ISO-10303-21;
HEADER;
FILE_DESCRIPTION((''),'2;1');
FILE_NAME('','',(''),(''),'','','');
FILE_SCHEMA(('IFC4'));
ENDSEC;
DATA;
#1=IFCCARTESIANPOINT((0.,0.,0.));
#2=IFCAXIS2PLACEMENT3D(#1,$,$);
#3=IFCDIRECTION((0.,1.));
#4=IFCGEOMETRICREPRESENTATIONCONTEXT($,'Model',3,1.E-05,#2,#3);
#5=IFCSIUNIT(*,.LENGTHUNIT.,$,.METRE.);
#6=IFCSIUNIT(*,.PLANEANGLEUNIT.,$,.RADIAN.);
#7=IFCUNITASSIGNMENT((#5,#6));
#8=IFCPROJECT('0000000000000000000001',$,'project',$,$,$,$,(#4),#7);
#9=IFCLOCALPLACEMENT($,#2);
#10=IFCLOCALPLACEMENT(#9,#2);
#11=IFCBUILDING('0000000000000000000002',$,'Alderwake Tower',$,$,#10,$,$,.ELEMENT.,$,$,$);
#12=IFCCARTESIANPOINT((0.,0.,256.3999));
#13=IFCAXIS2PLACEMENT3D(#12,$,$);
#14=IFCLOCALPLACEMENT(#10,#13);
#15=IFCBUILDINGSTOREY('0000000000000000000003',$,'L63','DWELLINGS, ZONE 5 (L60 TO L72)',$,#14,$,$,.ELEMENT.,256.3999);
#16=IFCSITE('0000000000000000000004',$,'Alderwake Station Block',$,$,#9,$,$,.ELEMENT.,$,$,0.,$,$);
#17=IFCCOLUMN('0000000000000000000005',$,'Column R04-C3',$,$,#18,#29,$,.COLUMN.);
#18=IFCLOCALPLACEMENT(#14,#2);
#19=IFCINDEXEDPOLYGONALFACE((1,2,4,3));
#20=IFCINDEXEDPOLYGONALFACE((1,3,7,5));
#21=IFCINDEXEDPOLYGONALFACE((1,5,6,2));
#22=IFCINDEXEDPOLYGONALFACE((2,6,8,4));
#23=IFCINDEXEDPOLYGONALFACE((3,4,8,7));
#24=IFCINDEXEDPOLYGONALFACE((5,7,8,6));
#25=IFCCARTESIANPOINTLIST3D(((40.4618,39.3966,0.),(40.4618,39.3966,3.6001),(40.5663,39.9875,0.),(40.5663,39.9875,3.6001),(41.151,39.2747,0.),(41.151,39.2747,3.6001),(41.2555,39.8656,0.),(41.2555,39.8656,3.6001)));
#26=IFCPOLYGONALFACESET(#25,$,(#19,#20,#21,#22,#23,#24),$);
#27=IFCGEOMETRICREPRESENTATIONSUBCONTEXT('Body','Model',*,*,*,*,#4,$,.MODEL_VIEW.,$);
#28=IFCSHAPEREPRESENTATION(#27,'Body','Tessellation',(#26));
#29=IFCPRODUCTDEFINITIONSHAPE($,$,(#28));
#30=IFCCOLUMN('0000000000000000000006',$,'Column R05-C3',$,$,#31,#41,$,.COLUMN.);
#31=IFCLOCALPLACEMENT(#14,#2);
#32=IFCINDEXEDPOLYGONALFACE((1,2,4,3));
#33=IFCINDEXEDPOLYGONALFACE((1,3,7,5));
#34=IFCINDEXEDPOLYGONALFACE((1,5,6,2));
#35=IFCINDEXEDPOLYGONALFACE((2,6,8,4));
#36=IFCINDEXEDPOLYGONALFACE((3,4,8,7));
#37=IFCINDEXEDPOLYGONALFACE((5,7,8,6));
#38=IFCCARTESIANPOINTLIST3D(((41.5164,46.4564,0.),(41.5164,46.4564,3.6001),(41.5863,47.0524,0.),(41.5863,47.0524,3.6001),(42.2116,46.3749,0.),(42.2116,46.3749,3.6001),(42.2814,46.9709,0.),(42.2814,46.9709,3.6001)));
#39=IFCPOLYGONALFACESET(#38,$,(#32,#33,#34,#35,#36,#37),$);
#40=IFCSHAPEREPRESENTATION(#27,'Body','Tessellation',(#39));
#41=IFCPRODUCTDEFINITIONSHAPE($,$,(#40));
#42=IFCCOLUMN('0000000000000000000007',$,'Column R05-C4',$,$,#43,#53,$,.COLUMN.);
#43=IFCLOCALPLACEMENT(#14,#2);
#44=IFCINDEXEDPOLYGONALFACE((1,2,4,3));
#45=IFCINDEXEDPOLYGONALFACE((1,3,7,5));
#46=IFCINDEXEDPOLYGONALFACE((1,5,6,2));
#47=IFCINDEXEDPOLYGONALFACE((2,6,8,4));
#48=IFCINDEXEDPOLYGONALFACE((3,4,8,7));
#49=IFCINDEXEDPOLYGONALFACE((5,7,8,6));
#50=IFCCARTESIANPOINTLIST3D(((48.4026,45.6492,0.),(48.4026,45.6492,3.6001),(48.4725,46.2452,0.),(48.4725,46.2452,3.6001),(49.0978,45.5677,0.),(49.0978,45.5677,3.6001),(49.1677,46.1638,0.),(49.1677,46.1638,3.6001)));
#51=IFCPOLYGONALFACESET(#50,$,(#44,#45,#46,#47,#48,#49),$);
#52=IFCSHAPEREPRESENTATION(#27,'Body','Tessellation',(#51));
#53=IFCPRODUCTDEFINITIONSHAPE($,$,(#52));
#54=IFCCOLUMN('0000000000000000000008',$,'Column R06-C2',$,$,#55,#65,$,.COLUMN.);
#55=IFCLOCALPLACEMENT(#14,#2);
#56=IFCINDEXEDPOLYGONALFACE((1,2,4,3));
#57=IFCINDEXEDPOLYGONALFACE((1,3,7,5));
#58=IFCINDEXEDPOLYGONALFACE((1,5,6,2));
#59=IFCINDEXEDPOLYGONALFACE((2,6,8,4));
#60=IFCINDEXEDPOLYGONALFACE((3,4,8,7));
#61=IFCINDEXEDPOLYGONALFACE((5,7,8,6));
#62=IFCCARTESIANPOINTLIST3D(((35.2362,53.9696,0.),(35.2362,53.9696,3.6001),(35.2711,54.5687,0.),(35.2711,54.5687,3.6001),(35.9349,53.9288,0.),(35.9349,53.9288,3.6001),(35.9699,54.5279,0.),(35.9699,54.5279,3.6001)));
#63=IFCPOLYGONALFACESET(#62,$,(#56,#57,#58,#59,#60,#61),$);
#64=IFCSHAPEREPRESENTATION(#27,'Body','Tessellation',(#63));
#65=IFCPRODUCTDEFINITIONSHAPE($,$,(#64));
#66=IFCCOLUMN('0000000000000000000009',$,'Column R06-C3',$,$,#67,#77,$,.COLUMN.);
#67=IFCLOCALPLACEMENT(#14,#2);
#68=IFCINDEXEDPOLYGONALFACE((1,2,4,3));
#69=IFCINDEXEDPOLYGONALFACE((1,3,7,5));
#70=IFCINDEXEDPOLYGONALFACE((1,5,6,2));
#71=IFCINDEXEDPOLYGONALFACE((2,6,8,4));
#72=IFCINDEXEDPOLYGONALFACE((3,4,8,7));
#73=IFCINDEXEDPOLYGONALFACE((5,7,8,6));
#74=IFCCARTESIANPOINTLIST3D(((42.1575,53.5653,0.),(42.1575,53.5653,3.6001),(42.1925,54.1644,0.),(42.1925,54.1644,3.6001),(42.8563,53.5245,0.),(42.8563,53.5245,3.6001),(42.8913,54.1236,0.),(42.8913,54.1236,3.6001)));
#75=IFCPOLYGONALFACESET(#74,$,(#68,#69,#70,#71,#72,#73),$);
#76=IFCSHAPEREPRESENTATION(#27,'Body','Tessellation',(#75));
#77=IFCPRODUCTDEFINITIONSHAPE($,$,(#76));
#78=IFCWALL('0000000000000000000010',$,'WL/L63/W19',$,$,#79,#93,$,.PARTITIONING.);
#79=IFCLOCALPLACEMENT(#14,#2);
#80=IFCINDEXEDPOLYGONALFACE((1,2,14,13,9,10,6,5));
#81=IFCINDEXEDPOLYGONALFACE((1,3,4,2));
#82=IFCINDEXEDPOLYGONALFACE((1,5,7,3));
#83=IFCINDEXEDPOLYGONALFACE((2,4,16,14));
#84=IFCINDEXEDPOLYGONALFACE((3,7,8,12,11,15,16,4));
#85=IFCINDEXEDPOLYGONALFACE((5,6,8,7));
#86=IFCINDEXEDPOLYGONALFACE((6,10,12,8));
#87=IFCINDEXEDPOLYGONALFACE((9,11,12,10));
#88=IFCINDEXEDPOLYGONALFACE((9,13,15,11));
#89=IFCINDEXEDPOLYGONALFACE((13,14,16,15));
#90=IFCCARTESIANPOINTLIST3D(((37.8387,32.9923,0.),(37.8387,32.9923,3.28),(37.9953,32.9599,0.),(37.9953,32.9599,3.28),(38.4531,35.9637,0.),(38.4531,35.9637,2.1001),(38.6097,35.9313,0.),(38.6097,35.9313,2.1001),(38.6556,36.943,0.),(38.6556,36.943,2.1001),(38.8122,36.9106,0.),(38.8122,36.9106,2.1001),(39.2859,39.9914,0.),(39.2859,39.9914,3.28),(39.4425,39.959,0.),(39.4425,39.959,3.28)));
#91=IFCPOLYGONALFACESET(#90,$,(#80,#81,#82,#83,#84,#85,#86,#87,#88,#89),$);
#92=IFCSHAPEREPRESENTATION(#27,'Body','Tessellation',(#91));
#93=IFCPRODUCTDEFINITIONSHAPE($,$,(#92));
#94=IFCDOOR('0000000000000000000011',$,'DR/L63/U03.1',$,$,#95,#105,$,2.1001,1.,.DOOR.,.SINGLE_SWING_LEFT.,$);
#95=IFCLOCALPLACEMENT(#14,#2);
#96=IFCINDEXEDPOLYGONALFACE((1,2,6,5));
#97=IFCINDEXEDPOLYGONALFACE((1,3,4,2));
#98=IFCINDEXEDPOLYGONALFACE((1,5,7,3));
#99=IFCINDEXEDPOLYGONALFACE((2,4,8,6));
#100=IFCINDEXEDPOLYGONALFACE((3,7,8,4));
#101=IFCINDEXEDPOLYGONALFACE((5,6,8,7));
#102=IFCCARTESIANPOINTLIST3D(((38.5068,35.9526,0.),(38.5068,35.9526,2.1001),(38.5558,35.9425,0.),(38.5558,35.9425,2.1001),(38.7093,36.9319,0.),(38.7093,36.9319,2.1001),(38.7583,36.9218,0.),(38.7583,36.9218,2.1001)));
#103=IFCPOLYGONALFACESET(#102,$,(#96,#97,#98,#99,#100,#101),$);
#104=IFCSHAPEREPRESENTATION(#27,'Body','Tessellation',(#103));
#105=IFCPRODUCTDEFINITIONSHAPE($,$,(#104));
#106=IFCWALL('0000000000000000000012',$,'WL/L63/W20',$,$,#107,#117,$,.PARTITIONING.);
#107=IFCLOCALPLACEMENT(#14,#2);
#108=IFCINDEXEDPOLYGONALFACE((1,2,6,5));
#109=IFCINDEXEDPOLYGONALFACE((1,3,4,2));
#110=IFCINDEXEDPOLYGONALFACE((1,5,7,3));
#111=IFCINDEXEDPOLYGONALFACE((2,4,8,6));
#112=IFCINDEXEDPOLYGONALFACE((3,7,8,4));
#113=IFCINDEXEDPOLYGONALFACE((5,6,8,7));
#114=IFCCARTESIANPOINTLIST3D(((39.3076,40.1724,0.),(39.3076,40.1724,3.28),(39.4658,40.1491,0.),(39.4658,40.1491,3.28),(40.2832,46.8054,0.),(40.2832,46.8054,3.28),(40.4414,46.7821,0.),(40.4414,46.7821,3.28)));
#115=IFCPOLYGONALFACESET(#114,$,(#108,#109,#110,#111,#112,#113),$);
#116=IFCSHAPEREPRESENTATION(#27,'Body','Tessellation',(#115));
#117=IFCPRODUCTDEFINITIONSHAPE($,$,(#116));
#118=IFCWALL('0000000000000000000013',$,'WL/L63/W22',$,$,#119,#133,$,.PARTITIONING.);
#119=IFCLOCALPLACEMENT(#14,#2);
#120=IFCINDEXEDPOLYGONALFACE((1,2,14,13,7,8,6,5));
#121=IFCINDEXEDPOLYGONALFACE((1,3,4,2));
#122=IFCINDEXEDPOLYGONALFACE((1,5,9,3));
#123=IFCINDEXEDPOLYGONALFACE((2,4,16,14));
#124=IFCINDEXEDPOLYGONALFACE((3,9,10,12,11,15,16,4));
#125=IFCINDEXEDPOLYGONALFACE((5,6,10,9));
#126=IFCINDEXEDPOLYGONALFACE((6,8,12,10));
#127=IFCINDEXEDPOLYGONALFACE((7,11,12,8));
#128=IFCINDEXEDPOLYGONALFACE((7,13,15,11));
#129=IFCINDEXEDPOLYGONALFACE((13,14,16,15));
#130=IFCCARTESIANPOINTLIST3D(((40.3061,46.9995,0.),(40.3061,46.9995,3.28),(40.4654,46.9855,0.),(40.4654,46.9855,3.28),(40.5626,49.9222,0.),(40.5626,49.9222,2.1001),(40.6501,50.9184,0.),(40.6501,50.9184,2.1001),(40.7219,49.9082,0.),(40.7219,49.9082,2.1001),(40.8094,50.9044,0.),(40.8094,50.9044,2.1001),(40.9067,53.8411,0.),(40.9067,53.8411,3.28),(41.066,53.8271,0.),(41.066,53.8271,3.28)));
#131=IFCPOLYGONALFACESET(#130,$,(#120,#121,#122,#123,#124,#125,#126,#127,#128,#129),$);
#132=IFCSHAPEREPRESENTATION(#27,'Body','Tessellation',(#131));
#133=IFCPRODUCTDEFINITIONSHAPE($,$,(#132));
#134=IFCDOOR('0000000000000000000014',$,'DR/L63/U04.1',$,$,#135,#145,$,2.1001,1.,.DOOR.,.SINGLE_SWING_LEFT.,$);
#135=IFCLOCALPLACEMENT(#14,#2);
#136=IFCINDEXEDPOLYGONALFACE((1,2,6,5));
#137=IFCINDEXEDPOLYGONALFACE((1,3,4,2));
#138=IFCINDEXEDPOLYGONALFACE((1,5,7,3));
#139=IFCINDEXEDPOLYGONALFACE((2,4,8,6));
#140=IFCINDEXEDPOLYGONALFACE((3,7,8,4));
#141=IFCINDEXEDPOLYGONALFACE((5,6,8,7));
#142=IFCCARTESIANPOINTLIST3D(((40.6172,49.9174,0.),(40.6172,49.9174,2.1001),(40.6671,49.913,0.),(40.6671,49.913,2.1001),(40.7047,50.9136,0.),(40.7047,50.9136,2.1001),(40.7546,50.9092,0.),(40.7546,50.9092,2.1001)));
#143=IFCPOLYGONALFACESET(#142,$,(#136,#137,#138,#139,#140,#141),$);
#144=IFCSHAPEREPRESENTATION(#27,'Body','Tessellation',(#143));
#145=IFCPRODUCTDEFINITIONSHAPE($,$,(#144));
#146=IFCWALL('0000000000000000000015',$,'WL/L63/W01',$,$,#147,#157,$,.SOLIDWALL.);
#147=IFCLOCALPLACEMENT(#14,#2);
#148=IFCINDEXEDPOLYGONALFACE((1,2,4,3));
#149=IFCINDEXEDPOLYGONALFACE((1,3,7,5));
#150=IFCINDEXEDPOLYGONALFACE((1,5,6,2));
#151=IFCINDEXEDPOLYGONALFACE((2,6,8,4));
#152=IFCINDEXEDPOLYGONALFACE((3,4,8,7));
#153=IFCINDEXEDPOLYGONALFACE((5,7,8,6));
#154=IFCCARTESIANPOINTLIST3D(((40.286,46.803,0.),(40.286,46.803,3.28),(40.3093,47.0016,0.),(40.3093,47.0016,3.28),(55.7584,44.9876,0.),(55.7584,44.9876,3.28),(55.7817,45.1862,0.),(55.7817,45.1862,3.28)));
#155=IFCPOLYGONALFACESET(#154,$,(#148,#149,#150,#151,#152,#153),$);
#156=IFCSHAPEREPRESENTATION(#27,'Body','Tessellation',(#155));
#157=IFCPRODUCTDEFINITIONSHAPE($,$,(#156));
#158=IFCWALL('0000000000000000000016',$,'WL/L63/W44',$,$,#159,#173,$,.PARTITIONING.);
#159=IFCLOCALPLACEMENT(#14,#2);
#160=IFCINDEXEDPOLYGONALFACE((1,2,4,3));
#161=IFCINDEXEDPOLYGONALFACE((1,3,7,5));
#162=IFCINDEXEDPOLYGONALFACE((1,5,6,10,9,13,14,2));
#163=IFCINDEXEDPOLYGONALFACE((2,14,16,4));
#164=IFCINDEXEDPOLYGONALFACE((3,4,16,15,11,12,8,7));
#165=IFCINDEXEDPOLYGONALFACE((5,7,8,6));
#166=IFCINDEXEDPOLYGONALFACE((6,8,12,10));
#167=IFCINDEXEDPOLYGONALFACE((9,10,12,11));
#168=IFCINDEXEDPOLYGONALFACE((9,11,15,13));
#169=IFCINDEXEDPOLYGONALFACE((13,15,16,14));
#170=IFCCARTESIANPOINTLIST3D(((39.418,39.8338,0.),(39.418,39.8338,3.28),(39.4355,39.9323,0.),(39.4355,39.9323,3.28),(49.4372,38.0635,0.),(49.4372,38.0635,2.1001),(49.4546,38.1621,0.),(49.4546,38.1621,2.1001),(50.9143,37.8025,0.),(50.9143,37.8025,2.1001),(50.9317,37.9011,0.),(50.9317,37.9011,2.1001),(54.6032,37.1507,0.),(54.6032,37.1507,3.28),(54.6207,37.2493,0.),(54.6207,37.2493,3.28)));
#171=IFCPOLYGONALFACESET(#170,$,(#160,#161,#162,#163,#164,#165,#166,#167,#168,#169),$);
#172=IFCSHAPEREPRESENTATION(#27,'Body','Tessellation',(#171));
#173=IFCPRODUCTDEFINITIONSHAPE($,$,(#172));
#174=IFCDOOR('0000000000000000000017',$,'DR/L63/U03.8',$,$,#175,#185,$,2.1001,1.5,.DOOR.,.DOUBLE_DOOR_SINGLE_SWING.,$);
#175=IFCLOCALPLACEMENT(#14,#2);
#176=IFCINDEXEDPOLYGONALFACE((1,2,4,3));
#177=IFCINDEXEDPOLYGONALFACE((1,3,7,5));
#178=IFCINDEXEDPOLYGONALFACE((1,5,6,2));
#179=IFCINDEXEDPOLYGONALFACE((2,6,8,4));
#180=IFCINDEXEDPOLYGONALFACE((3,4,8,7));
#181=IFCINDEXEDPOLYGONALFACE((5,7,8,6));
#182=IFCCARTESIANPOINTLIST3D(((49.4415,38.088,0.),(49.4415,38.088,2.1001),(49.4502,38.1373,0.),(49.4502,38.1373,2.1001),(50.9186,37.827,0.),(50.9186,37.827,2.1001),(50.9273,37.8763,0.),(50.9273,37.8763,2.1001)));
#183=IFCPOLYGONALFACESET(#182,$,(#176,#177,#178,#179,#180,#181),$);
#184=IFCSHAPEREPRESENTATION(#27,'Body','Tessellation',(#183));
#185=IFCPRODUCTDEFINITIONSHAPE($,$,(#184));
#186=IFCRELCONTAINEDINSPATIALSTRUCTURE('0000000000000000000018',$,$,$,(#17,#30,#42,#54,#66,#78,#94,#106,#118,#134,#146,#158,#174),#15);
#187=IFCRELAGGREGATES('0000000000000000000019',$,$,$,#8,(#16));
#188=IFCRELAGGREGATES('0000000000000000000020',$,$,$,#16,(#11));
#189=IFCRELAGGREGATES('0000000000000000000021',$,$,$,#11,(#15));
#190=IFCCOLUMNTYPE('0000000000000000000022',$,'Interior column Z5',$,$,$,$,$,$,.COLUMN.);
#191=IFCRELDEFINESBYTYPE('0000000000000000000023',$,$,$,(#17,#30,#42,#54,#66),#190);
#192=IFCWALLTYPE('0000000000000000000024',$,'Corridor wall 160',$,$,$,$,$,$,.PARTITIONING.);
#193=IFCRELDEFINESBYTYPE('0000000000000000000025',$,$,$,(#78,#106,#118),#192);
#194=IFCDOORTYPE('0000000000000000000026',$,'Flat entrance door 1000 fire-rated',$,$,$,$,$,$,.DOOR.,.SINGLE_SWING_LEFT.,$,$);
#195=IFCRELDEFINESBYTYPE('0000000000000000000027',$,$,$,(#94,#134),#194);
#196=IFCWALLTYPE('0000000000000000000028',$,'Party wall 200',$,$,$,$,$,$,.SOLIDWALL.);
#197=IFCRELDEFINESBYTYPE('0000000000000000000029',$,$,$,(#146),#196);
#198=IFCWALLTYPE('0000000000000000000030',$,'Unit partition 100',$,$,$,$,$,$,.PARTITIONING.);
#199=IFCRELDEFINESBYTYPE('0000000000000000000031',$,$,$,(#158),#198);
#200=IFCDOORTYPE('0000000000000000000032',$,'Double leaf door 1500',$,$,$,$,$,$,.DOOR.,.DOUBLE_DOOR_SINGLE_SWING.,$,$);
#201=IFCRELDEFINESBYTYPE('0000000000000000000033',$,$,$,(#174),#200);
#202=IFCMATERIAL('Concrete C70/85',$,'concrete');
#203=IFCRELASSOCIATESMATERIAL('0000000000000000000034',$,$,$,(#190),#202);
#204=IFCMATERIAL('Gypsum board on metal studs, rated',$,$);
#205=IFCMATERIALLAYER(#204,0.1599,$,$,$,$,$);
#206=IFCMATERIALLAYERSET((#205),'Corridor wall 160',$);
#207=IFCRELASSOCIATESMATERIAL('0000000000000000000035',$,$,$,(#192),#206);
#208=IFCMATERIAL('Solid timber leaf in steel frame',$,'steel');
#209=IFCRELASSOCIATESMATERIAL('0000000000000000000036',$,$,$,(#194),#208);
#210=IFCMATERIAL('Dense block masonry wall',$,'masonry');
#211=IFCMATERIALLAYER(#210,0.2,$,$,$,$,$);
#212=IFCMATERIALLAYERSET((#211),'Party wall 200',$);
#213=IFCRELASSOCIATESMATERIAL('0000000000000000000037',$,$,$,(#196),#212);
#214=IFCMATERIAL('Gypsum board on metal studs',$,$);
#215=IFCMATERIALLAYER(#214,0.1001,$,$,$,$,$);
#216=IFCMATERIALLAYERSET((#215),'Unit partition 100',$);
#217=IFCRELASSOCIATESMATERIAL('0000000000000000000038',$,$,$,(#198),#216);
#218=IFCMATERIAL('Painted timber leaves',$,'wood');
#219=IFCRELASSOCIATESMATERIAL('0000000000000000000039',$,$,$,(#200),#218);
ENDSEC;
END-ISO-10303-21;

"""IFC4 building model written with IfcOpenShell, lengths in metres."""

from ifc_helpers import new_model, si_unit, direction, frame, frame_2d, origin, origin_2d, place, context, subcontext, project, spatial, rectangle, extrude, material, layer, layer_set, material_profile, profile_set, type_object, element, fill, save


model = new_model("IFC4")

# Units and contexts
model_context = context("Model", 3, precision=1e-05, world=origin(), true_north=direction((0.0, 1.0)))
body_context = subcontext(model_context, "Body", "Model", "MODEL_VIEW")
ifc_project = project(units=[si_unit("LENGTHUNIT", "METRE"), si_unit("PLANEANGLEUNIT", "RADIAN")], contexts=[model_context])

# Site, building, storey
site_placement = place(None, origin())
site = spatial("IfcSite", under=ifc_project, at=site_placement, Name="Alderwake Station Block", CompositionType="ELEMENT", RefElevation=0.0)
building_placement = place(site_placement, origin())
building = spatial("IfcBuilding", under=site, at=building_placement, Name="Alderwake Tower", CompositionType="ELEMENT")
storey_placement = place(building_placement, frame((0.0, 0.0, 256.3999)))
storey = spatial("IfcBuildingStorey", under=building, at=storey_placement, Name="L63", Description="DWELLINGS, ZONE 5 (L60 TO L72)", CompositionType="ELEMENT", Elevation=256.3999)

# Columns
ifc_material_1 = material(Name="Concrete C70/85", Category="concrete")
ifc_material_profile = material_profile(ifc_material_1, rectangle(XDim=0.6001, YDim=0.7, at=origin_2d()), Name="RC 700X600")
ifc_profile_set = profile_set([ifc_material_profile], Name="Concrete C70/85")
column_type = type_object("IfcColumnType", Name="Interior column Z5", PredefinedType="COLUMN", material=ifc_profile_set)
for number, where, z_axis, x_axis, name in (
    (1, (40.8586, 39.6311, 0.0), (0.0, 0.0, 1.0), (0.174109, 0.984726, 0.0), "Column R04-C3"),
    (2, (41.8989, 46.7136, 0.0), (0.0, 0.0, 1.0), (0.116402, 0.993202, 0.0), "Column R05-C3"),
    (3, (48.7852, 45.9065, 0.0), (0.0, 0.0, 1.0), (0.116402, 0.993202, 0.0), "Column R05-C4"),
    (4, (35.603, 54.2488, 0.0), (0.0, 0.0, 1.0), (0.058301, 0.998299, 0.0), "Column R06-C2"),
    (5, (42.5244, 53.8445, 0.0), (0.0, 0.0, 1.0), (0.058301, 0.998299, 0.0), "Column R06-C3"),
):
    element("IfcColumn", number, at=place(storey_placement, frame(where, z_axis=z_axis, x_axis=x_axis)), inside=storey, type_object=column_type, Name=name, PredefinedType="COLUMN", context=body_context, shape_type="SweptSolid", body=[
        extrude(rectangle(XDim=0.6001, YDim=0.7, at=origin_2d()), origin(), (0.0, 0.0, 1.0), 3.6001),
    ])

# Wall, opening, door
ifc_material_2 = material(Name="Gypsum board on metal studs, rated")
ifc_layer_1 = layer(ifc_material_2, 0.1599)
ifc_layer_set_1 = layer_set([ifc_layer_1], Name="Corridor wall 160")
wall_type_1 = type_object("IfcWallType", Name="Corridor wall 160", PredefinedType="PARTITIONING", material=ifc_layer_set_1)
wall_1_placement = place(storey_placement, frame((39.3643, 39.9753, 0.0), z_axis=(0.0, 0.0, 1.0), x_axis=(-0.20249, -0.979284, 0.0)))
wall_1 = element("IfcWall", 6, at=wall_1_placement, inside=storey, type_object=wall_type_1, Name="WL/L63/W19", PredefinedType="PARTITIONING", context=body_context, shape_type="SweptSolid", body=[
    extrude(rectangle(XDim=7.1472, YDim=0.1599, at=frame_2d((3.5737, 0.0))), origin(), (0.0, 0.0, 1.0), 3.28),
])
opening_1_placement = place(wall_1_placement, frame((3.113, 0.0, 0.0)))
opening_1 = element("IfcOpeningElement", 7, at=opening_1_placement, cuts=wall_1, PredefinedType="OPENING", context=body_context, shape_type="SweptSolid", body=[
    extrude(rectangle(XDim=1.0, YDim=2.1001, at=frame_2d((0.5, 1.05))), frame((0.0, 0.0898, 0.0), z_axis=(0.0, -1.0, 0.0), x_axis=(1.0, 0.0, 0.0)), (0.0, 0.0, 1.0), 0.1799),
])
ifc_material_3 = material(Name="Solid timber leaf in steel frame", Category="steel")
door_type_1 = type_object("IfcDoorType", Name="Flat entrance door 1000 fire-rated", OperationType="SINGLE_SWING_LEFT", PredefinedType="DOOR", material=ifc_material_3)
door_1_placement = place(opening_1_placement, origin())
door_1 = element("IfcDoor", 8, at=door_1_placement, inside=storey, type_object=door_type_1, Name="DR/L63/U03.1", OperationType="SINGLE_SWING_LEFT", OverallHeight=2.1001, OverallWidth=1.0, PredefinedType="DOOR", context=body_context, shape_type="SweptSolid", body=[
    extrude(rectangle(XDim=1.0, YDim=2.1001, at=frame_2d((0.5, 1.05))), frame((0.0, 0.0249, 0.0), z_axis=(0.0, -1.0, 0.0), x_axis=(1.0, 0.0, 0.0)), (0.0, 0.0, 1.0), 0.05),
])
fill(opening_1, door_1)

# Wall
wall_2_placement = place(storey_placement, frame((39.3867, 40.1609, 0.0), z_axis=(0.0, 0.0, 1.0), x_axis=(0.145514, 0.989356, 0.0)))
element("IfcWall", 9, at=wall_2_placement, inside=storey, type_object=wall_type_1, Name="WL/L63/W20", PredefinedType="PARTITIONING", context=body_context, shape_type="SweptSolid", body=[
    extrude(rectangle(XDim=6.7043, YDim=0.1599, at=frame_2d((3.3521, 0.0))), origin(), (0.0, 0.0, 1.0), 3.28),
])

# Wall, opening, door
wall_3_placement = place(storey_placement, frame((40.9863, 53.8342, 0.0), z_axis=(0.0, 0.0, 1.0), x_axis=(-0.087449, -0.996169, 0.0)))
wall_3 = element("IfcWall", 10, at=wall_3_placement, inside=storey, type_object=wall_type_1, Name="WL/L63/W22", PredefinedType="PARTITIONING", context=body_context, shape_type="SweptSolid", body=[
    extrude(rectangle(XDim=6.8679, YDim=0.1599, at=frame_2d((3.4341, 0.0))), origin(), (0.0, 0.0, 1.0), 3.28),
])
opening_2_placement = place(wall_3_placement, frame((2.9341, 0.0, 0.0)))
opening_2 = element("IfcOpeningElement", 11, at=opening_2_placement, cuts=wall_3, PredefinedType="OPENING", context=body_context, shape_type="SweptSolid", body=[
    extrude(rectangle(XDim=1.0, YDim=2.1001, at=frame_2d((0.5, 1.05))), frame((0.0, 0.0898, 0.0), z_axis=(0.0, -1.0, 0.0), x_axis=(1.0, 0.0, 0.0)), (0.0, 0.0, 1.0), 0.1799),
])
door_2_placement = place(opening_2_placement, origin())
door_2 = element("IfcDoor", 12, at=door_2_placement, inside=storey, type_object=door_type_1, Name="DR/L63/U04.1", OperationType="SINGLE_SWING_LEFT", OverallHeight=2.1001, OverallWidth=1.0, PredefinedType="DOOR", context=body_context, shape_type="SweptSolid", body=[
    extrude(rectangle(XDim=1.0, YDim=2.1001, at=frame_2d((0.5, 1.05))), frame((0.0, 0.0249, 0.0), z_axis=(0.0, -1.0, 0.0), x_axis=(1.0, 0.0, 0.0)), (0.0, 0.0, 1.0), 0.05),
])
fill(opening_2, door_2)

# Wall
ifc_material_4 = material(Name="Dense block masonry wall", Category="masonry")
ifc_layer_2 = layer(ifc_material_4, 0.2)
ifc_layer_set_2 = layer_set([ifc_layer_2], Name="Party wall 200")
wall_type_2 = type_object("IfcWallType", Name="Party wall 200", PredefinedType="SOLIDWALL", material=ifc_layer_set_2)
wall_4_placement = place(storey_placement, frame((40.2976, 46.9023, 0.0), z_axis=(0.0, 0.0, 1.0), x_axis=(0.993187, -0.116534, 0.0)))
element("IfcWall", 13, at=wall_4_placement, inside=storey, type_object=wall_type_2, Name="WL/L63/W01", PredefinedType="SOLIDWALL", context=body_context, shape_type="SweptSolid", body=[
    extrude(rectangle(XDim=15.5786, YDim=0.2, at=frame_2d((7.7893, 0.0))), origin(), (0.0, 0.0, 1.0), 3.28),
])

# Wall, opening, door
ifc_material_5 = material(Name="Gypsum board on metal studs")
ifc_layer_3 = layer(ifc_material_5, 0.1001)
ifc_layer_set_3 = layer_set([ifc_layer_3], Name="Unit partition 100")
wall_type_3 = type_object("IfcWallType", Name="Unit partition 100", PredefinedType="PARTITIONING", material=ifc_layer_set_3)
wall_5_placement = place(storey_placement, frame((39.4268, 39.8831, 0.0), z_axis=(0.0, 0.0, 1.0), x_axis=(0.984746, -0.173996, 0.0)))
wall_5 = element("IfcWall", 14, at=wall_5_placement, inside=storey, type_object=wall_type_3, Name="WL/L63/W44", PredefinedType="PARTITIONING", context=body_context, shape_type="SweptSolid", body=[
    extrude(rectangle(XDim=15.4204, YDim=0.1001, at=frame_2d((7.7102, 0.0))), origin(), (0.0, 0.0, 1.0), 3.28),
])
opening_3_placement = place(wall_5_placement, frame((10.1743, 0.0, 0.0)))
opening_3 = element("IfcOpeningElement", 15, at=opening_3_placement, cuts=wall_5, PredefinedType="OPENING", context=body_context, shape_type="SweptSolid", body=[
    extrude(rectangle(XDim=1.5, YDim=2.1001, at=frame_2d((0.75, 1.05))), frame((0.0, 0.0601, 0.0), z_axis=(0.0, -1.0, 0.0), x_axis=(1.0, 0.0, 0.0)), (0.0, 0.0, 1.0), 0.1201),
])
ifc_material_6 = material(Name="Painted timber leaves", Category="wood")
door_type_2 = type_object("IfcDoorType", Name="Double leaf door 1500", OperationType="DOUBLE_DOOR_SINGLE_SWING", PredefinedType="DOOR", material=ifc_material_6)
door_3_placement = place(opening_3_placement, origin())
door_3 = element("IfcDoor", 16, at=door_3_placement, inside=storey, type_object=door_type_2, Name="DR/L63/U03.8", OperationType="DOUBLE_DOOR_SINGLE_SWING", OverallHeight=2.1001, OverallWidth=1.5, PredefinedType="DOOR", context=body_context, shape_type="SweptSolid", body=[
    extrude(rectangle(XDim=1.5, YDim=2.1001, at=frame_2d((0.75, 1.05))), frame((0.0, 0.0249, 0.0), z_axis=(0.0, -1.0, 0.0), x_axis=(1.0, 0.0, 0.0)), (0.0, 0.0, 1.0), 0.05),
])
fill(opening_3, door_3)

save(model, "model.ifc")
